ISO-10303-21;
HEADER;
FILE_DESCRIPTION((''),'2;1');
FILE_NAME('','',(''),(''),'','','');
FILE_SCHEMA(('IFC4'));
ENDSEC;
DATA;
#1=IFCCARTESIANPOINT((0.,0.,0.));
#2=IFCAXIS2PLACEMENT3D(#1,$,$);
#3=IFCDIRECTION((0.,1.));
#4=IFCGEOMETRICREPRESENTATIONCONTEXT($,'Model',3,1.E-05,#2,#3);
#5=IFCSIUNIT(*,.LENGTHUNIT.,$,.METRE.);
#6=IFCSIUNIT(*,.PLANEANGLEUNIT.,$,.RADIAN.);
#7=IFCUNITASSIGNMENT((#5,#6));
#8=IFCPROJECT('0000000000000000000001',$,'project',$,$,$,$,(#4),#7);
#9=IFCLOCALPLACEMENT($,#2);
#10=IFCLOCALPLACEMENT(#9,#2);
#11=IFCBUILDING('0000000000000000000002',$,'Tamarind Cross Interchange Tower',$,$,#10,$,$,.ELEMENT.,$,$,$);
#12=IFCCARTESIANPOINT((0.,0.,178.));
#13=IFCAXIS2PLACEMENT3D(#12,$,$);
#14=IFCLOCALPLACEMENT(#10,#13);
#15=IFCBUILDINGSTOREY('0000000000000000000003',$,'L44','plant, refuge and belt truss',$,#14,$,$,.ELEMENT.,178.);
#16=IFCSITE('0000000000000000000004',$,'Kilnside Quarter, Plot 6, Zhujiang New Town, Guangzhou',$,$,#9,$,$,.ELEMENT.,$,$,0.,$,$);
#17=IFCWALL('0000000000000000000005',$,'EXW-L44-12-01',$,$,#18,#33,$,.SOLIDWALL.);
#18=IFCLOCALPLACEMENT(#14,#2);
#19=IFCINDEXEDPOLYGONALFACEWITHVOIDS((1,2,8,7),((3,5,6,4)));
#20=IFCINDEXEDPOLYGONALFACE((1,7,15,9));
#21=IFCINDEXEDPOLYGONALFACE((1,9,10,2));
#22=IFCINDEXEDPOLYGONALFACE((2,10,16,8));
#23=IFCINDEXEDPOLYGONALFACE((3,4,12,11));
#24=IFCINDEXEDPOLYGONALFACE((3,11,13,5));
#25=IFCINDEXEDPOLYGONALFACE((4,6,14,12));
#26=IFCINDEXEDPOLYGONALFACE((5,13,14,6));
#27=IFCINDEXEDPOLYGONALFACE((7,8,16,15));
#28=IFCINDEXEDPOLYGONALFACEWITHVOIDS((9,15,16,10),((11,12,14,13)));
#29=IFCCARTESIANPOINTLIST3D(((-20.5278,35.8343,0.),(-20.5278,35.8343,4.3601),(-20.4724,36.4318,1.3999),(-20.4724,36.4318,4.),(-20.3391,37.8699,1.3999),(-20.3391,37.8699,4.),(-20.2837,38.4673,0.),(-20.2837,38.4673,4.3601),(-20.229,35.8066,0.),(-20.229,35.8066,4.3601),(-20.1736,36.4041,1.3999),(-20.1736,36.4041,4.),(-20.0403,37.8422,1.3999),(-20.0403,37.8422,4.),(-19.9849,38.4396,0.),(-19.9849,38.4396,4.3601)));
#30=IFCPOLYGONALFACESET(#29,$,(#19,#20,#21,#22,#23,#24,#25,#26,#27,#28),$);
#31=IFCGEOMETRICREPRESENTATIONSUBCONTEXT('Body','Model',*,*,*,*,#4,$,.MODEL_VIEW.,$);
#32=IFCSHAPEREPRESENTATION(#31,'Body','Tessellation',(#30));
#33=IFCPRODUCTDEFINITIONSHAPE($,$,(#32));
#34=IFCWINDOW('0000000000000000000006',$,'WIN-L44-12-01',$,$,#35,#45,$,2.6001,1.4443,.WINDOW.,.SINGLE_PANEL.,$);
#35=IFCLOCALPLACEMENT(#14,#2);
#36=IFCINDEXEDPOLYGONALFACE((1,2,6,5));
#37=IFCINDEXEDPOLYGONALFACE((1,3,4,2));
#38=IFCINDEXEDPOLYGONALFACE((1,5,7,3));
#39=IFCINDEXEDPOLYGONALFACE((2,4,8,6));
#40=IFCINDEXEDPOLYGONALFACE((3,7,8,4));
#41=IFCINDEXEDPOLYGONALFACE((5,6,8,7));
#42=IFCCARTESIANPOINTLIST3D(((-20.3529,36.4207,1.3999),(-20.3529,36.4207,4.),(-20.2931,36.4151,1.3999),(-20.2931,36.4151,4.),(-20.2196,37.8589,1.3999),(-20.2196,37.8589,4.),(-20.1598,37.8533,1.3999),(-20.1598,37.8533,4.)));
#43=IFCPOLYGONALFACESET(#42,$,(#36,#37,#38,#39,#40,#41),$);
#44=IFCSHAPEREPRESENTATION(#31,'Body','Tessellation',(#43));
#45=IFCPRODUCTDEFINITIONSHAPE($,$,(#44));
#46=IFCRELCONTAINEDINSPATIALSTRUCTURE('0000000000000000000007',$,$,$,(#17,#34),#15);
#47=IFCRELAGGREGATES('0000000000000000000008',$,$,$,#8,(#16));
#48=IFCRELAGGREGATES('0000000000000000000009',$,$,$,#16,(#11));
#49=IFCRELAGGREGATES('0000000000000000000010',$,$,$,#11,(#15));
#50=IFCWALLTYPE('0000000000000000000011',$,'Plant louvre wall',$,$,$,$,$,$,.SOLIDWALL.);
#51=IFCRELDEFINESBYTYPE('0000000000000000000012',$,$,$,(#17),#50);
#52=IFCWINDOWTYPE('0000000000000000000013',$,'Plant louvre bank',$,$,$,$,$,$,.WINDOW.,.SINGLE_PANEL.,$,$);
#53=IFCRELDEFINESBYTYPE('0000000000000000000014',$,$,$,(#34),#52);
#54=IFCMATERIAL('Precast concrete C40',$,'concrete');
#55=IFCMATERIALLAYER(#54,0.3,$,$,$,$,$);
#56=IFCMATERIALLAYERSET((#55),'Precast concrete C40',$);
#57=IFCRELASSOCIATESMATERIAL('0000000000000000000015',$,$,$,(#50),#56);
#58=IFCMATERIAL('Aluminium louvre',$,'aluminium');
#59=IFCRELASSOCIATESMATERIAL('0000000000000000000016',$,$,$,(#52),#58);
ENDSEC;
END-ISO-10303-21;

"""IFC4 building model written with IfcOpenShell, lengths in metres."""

from ifc_helpers import new_model, si_unit, direction, frame, frame_2d, origin, place, context, subcontext, project, spatial, rectangle, extrude, material, layer, layer_set, type_object, element, fill, save


model = new_model("IFC4")

# Units and contexts
model_context = context("Model", 3, precision=1e-05, world=origin(), true_north=direction((0.0, 1.0)))
body_context = subcontext(model_context, "Body", "Model", "MODEL_VIEW")
ifc_project = project(units=[si_unit("LENGTHUNIT", "METRE"), si_unit("PLANEANGLEUNIT", "RADIAN")], contexts=[model_context])

# Site, building, storey
site_placement = place(None, origin())
site = spatial("IfcSite", under=ifc_project, at=site_placement, Name="Kilnside Quarter, Plot 6, Zhujiang New Town, Guangzhou", CompositionType="ELEMENT", RefElevation=0.0)
building_placement = place(site_placement, origin())
building = spatial("IfcBuilding", under=site, at=building_placement, Name="Tamarind Cross Interchange Tower", CompositionType="ELEMENT")
storey_placement = place(building_placement, frame((0.0, 0.0, 178.0)))
storey = spatial("IfcBuildingStorey", under=building, at=storey_placement, Name="L44", Description="plant, refuge and belt truss", CompositionType="ELEMENT", Elevation=178.0)

# Wall, opening, window
ifc_material_1 = material(Name="Precast concrete C40", Category="concrete")
ifc_layer_1 = layer(ifc_material_1, 0.3)
ifc_layer_set_1 = layer_set([ifc_layer_1], Name="Precast concrete C40")
wall_type_1 = type_object("IfcWallType", Name="Plant louvre wall", PredefinedType="SOLIDWALL", material=ifc_layer_set_1)
ifc_material_2 = material(Name="Aluminium louvre", Category="aluminium")
window_type_1 = type_object("IfcWindowType", Name="Plant louvre bank", PartitioningType="SINGLE_PANEL", PredefinedType="WINDOW", material=ifc_material_2)
wall_1_placement = place(storey_placement, frame((-20.1343, 38.4536, 0.0), z_axis=(0.0, 0.0, 1.0), x_axis=(-0.092325, -0.995729, 0.0)))
wall_1 = element("IfcWall", 1, at=wall_1_placement, inside=storey, type_object=wall_type_1, Name="EXW-L44-12-01", PredefinedType="SOLIDWALL", context=body_context, shape_type="SweptSolid", body=[
    extrude(rectangle(XDim=2.6443, YDim=0.3, at=frame_2d((1.3223, 0.0))), origin(), (0.0, 0.0, 1.0), 4.3601),
])
opening_1_placement = place(wall_1_placement, frame((0.6001, 0.0, 1.3999)))
opening_1 = element("IfcOpeningElement", 2, at=opening_1_placement, cuts=wall_1, PredefinedType="OPENING", context=body_context, shape_type="SweptSolid", body=[
    extrude(rectangle(XDim=1.4443, YDim=2.6001, at=frame_2d((0.7222, 1.3))), frame((0.0, 0.1599, 0.0), z_axis=(0.0, -1.0, 0.0), x_axis=(1.0, 0.0, 0.0)), (0.0, 0.0, 1.0), 0.3201),
])
window_1_placement = place(opening_1_placement, origin())
window_1 = element("IfcWindow", 3, at=window_1_placement, inside=storey, type_object=window_type_1, Name="WIN-L44-12-01", OverallHeight=2.6001, OverallWidth=1.4443, PartitioningType="SINGLE_PANEL", PredefinedType="WINDOW", context=body_context, shape_type="SweptSolid", body=[
    extrude(rectangle(XDim=1.4443, YDim=2.6001, at=frame_2d((0.7222, 1.3))), frame((0.0, 0.03, 0.0), z_axis=(0.0, -1.0, 0.0), x_axis=(1.0, 0.0, 0.0)), (0.0, 0.0, 1.0), 0.0601),
])
fill(opening_1, window_1)

save(model, "model.ifc")
